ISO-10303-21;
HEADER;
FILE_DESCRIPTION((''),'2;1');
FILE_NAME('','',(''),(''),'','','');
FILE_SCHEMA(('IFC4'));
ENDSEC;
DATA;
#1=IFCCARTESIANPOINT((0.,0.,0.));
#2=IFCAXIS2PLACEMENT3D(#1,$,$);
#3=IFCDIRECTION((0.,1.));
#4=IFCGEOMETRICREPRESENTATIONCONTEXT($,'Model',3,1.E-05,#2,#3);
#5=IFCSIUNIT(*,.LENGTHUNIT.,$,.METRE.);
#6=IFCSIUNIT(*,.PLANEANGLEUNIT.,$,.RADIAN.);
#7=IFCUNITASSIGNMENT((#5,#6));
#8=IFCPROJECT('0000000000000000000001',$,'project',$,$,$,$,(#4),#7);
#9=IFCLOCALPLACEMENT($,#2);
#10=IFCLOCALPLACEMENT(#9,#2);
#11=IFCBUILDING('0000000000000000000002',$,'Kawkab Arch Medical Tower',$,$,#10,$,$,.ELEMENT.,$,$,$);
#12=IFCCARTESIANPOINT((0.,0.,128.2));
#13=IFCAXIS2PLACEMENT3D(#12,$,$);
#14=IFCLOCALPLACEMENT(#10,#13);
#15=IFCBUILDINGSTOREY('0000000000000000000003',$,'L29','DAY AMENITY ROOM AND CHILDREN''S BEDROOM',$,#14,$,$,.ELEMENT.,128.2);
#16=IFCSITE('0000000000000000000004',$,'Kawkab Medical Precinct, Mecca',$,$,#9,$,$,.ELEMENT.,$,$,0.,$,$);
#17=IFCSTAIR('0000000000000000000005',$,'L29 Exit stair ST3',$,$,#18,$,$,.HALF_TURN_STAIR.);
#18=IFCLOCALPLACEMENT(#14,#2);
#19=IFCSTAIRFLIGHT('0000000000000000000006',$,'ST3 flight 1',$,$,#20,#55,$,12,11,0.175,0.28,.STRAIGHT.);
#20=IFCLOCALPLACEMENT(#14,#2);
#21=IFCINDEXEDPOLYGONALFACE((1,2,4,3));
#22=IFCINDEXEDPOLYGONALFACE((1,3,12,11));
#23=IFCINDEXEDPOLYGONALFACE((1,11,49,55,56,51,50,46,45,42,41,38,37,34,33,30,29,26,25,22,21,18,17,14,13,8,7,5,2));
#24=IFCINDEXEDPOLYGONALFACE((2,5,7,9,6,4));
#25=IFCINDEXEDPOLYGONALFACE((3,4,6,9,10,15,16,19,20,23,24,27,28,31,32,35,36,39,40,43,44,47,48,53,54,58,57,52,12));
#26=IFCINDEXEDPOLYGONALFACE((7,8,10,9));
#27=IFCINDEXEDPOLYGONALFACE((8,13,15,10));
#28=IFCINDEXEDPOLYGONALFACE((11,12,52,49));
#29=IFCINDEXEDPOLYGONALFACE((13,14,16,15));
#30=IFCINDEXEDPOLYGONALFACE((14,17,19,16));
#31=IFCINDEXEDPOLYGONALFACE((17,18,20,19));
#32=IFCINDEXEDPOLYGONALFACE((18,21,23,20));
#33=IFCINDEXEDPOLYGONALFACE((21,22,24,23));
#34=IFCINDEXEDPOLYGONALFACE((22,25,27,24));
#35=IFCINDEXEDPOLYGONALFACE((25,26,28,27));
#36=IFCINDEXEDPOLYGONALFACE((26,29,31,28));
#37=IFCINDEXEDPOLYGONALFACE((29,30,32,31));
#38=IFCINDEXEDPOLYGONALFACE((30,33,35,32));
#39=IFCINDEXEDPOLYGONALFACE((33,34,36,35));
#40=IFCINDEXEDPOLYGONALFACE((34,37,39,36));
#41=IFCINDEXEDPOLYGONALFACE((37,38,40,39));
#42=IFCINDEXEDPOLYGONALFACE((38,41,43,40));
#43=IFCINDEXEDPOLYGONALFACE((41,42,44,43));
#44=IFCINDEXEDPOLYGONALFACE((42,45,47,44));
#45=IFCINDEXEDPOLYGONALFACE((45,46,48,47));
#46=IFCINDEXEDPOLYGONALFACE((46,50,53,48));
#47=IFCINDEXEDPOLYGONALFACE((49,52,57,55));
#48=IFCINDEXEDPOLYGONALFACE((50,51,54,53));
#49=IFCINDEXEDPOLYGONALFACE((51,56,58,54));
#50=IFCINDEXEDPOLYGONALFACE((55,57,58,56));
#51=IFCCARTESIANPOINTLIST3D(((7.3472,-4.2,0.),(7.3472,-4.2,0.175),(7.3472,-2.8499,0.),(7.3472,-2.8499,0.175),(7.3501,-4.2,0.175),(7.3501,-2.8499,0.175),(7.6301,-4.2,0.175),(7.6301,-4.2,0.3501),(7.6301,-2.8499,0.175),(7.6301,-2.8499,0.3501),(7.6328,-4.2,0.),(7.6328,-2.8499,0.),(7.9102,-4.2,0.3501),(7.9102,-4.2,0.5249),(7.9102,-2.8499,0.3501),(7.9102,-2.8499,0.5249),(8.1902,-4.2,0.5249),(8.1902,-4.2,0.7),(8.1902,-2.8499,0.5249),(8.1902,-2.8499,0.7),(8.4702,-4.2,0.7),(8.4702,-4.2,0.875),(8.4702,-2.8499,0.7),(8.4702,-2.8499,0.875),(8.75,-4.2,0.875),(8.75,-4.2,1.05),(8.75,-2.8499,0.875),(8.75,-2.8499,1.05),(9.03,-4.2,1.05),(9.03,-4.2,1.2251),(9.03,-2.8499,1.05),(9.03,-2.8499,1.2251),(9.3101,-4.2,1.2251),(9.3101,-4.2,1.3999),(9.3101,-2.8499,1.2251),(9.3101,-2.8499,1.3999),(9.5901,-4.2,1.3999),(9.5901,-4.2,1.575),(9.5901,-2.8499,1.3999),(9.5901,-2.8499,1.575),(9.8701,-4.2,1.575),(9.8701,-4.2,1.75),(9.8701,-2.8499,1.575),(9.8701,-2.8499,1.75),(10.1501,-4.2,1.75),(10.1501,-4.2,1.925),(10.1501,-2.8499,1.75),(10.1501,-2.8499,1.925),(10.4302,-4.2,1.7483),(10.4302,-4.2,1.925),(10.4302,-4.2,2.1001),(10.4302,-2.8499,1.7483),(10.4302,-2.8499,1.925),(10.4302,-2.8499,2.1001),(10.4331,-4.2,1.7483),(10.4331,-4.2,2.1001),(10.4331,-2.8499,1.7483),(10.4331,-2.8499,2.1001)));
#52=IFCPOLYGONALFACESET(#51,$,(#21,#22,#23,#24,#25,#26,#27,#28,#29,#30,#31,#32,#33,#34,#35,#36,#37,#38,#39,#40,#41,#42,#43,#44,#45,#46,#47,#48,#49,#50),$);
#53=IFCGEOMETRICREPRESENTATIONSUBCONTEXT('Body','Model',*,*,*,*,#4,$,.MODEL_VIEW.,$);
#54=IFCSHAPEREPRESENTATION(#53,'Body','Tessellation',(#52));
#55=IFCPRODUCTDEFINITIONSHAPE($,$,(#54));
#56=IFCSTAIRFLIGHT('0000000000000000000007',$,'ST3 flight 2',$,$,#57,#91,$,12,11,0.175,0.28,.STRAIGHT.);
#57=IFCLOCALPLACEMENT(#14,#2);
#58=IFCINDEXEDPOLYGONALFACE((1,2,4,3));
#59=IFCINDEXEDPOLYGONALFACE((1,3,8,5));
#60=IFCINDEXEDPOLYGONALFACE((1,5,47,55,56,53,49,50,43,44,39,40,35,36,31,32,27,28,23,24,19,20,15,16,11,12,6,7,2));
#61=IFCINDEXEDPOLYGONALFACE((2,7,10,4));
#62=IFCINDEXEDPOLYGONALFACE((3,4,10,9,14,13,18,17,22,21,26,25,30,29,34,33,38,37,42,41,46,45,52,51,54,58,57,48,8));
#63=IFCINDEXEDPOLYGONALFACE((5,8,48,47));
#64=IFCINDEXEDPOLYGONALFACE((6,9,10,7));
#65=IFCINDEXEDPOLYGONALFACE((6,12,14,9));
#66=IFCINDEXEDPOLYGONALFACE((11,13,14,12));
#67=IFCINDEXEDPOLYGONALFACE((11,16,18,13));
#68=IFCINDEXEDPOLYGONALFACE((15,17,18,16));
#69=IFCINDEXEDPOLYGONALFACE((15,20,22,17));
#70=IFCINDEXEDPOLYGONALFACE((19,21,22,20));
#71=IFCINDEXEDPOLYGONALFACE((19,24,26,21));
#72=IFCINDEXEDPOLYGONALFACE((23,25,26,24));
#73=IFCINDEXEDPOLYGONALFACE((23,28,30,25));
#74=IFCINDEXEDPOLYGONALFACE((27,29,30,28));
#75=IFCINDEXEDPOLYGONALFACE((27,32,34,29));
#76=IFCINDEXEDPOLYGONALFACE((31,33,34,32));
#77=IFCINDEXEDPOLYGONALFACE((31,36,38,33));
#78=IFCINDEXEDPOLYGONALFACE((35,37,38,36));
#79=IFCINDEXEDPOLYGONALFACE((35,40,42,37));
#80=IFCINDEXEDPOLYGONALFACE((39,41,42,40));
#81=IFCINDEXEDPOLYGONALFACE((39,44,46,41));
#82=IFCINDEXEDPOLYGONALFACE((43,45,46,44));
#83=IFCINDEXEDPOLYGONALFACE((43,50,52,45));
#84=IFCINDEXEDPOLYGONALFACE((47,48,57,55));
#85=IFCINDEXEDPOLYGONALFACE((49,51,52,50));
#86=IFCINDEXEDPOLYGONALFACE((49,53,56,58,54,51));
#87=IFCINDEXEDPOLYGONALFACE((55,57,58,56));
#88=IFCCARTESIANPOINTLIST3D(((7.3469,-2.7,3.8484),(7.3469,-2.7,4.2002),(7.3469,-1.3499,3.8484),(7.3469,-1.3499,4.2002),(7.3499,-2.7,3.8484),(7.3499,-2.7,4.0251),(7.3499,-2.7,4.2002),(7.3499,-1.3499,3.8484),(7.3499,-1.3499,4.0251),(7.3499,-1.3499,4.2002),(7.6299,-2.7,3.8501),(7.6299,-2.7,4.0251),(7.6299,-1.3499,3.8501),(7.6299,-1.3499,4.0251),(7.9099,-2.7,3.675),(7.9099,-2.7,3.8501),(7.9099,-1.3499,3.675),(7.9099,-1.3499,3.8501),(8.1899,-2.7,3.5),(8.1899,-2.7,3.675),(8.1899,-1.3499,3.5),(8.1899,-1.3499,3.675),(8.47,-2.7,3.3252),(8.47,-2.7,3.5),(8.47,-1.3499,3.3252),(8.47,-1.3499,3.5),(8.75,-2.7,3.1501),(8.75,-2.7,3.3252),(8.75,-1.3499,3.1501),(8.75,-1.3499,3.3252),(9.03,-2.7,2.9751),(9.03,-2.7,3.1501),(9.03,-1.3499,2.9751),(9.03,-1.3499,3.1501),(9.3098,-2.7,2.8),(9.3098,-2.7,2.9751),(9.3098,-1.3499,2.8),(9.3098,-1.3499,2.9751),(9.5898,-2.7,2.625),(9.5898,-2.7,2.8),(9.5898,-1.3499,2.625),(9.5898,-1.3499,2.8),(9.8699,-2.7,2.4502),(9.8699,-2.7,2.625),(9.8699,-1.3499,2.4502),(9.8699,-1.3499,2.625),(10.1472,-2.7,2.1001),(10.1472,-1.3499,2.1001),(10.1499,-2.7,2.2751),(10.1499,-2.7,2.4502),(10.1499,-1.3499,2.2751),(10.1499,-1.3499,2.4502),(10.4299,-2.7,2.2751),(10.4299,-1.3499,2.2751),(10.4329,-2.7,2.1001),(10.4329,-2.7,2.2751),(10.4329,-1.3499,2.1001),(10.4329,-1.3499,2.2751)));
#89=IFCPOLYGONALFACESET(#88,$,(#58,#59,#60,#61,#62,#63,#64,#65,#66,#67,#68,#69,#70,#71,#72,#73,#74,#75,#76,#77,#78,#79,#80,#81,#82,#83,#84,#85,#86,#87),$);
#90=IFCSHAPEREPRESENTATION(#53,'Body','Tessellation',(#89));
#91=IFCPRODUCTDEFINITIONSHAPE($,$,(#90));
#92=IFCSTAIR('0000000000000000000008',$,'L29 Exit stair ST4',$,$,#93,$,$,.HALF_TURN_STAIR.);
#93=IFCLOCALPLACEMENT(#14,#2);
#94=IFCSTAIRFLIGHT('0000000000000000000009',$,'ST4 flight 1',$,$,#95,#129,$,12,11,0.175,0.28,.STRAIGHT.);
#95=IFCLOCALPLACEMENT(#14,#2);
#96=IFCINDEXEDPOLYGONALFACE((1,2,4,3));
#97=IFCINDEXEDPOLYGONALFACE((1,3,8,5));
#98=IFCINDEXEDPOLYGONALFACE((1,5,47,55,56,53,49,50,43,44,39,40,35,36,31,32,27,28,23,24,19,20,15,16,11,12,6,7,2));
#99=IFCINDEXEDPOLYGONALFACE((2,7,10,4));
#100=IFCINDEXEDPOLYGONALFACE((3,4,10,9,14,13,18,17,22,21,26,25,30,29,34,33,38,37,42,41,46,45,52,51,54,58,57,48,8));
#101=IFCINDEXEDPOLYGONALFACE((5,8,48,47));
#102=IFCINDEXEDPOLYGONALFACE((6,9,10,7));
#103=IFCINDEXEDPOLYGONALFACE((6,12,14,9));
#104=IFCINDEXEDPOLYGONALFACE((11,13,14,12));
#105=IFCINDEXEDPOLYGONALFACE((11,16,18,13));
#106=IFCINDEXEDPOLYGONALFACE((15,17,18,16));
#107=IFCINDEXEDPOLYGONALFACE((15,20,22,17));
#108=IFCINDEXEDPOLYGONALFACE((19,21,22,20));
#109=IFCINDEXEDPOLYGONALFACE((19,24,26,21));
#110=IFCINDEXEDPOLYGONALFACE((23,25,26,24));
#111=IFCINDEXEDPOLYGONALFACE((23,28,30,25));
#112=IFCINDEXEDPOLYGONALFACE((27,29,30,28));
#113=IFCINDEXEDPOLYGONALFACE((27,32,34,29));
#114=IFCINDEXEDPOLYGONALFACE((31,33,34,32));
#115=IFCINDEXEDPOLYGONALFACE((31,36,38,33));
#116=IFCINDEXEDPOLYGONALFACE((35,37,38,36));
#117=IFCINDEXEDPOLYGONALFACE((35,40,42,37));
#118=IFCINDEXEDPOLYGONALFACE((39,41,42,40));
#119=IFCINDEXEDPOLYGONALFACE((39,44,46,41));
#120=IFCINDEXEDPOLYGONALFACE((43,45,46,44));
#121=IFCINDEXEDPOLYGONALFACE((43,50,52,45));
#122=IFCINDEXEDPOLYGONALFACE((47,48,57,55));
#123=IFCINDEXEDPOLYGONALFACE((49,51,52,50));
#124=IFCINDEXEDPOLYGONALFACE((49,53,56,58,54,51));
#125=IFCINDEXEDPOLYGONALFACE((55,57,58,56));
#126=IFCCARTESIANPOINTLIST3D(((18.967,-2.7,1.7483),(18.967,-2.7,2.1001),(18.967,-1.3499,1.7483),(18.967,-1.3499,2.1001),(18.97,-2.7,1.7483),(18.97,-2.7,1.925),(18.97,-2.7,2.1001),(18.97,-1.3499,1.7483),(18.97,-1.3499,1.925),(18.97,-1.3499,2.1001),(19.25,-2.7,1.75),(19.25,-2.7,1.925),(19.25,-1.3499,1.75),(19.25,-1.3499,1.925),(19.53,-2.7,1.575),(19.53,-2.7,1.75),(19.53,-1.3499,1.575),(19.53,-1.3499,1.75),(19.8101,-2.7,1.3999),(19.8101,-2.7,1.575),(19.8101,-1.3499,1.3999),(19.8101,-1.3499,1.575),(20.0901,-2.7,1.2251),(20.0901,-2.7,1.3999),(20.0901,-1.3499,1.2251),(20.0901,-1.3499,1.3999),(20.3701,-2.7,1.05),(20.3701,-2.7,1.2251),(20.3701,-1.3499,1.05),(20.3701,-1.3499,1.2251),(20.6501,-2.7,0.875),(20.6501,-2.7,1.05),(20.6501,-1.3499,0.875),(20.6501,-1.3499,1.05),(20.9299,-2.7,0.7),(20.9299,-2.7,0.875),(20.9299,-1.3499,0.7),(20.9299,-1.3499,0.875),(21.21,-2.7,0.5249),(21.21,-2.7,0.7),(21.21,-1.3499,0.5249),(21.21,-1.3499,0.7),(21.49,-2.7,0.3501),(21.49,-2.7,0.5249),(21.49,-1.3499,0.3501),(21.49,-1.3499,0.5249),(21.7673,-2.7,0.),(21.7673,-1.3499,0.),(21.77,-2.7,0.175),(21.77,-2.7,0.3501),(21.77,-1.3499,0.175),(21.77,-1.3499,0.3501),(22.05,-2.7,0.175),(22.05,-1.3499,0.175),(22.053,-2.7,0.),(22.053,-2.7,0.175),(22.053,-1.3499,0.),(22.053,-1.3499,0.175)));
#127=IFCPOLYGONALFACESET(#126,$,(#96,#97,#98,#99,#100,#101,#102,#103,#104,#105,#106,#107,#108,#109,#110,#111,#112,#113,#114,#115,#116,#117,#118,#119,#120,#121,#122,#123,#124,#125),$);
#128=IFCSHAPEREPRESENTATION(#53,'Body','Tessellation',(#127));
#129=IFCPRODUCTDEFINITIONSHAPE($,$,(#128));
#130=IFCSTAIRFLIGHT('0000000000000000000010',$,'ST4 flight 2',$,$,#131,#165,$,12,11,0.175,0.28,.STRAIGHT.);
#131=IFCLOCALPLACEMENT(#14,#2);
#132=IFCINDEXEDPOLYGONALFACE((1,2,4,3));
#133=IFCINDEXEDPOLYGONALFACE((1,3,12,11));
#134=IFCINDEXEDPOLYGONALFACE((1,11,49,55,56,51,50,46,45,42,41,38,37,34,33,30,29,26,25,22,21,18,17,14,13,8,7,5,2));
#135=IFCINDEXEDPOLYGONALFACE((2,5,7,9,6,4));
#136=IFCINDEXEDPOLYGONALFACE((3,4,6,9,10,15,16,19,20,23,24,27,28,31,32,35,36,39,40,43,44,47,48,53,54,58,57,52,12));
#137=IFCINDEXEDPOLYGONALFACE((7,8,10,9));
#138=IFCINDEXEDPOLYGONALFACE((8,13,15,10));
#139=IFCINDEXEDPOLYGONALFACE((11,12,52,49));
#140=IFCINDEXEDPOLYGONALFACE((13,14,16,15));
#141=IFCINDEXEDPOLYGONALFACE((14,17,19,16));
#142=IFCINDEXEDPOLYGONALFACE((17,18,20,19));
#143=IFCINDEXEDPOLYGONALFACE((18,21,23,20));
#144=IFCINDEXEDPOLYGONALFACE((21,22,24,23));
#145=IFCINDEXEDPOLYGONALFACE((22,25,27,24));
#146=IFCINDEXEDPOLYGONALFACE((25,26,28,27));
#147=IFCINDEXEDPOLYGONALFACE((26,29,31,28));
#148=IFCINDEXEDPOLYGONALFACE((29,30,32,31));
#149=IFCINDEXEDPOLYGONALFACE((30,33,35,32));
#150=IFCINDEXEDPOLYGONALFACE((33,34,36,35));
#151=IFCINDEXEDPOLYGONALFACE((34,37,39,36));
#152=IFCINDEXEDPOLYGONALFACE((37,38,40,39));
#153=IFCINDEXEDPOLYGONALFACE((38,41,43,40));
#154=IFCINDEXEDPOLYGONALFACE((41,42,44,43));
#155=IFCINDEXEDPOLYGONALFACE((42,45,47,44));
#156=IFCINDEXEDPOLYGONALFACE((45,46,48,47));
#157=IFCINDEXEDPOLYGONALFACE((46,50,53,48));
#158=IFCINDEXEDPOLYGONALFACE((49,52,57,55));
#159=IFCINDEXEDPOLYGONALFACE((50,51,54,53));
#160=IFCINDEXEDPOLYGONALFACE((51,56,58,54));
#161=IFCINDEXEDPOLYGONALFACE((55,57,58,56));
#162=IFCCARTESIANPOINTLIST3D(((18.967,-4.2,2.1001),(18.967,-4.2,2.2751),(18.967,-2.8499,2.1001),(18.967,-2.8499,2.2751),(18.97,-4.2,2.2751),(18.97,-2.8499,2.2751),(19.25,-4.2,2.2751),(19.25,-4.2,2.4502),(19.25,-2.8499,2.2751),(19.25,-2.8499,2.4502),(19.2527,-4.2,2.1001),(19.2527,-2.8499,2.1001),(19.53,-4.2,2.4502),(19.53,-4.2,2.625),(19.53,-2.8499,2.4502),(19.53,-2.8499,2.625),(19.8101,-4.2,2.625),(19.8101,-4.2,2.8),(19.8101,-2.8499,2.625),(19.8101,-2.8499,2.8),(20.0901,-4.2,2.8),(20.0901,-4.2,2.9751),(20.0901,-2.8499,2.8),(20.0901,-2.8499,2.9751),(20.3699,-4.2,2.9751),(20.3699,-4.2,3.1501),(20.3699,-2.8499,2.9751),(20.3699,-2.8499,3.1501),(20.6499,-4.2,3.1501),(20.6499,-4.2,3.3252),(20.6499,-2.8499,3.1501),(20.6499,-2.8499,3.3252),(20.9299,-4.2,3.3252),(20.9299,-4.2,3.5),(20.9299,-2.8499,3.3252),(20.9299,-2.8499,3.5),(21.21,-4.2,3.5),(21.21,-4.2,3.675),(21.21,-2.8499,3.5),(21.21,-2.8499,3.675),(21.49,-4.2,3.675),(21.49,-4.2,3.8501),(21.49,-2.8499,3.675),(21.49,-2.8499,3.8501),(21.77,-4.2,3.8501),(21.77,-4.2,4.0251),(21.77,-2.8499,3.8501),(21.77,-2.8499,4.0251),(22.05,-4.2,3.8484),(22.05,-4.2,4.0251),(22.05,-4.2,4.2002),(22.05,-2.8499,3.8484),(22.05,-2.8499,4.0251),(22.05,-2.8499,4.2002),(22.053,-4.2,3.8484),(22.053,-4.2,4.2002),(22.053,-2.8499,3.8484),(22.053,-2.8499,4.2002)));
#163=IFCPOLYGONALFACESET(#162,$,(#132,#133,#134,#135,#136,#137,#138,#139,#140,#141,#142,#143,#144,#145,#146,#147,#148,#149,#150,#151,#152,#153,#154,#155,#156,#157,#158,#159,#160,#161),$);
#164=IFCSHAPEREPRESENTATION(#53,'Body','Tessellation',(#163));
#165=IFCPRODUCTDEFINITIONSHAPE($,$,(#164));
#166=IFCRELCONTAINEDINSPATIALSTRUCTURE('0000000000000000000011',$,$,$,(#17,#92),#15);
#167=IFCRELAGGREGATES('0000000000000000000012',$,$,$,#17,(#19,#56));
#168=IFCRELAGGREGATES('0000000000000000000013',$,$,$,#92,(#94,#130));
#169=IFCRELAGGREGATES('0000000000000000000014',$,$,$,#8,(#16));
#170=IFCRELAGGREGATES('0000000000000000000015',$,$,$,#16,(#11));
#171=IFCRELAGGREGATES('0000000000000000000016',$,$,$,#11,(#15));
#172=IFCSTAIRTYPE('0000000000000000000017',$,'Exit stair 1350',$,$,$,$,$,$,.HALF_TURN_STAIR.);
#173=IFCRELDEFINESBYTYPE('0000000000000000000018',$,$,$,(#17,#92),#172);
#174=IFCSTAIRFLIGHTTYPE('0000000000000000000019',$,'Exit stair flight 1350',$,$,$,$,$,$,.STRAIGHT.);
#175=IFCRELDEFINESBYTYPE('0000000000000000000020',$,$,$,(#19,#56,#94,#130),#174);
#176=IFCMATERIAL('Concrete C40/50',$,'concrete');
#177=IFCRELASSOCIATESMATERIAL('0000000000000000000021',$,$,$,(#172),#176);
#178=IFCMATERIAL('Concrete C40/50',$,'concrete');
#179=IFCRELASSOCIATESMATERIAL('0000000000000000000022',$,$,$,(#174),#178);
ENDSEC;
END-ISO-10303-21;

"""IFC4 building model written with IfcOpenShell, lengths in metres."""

from ifc_helpers import new_model, si_unit, direction, frame, origin, place, context, subcontext, project, spatial, polyline, outline, extrude, material, type_object, element, aggregate, save


model = new_model("IFC4")

# Units and contexts
model_context = context("Model", 3, precision=1e-05, world=origin(), true_north=direction((0.0, 1.0)))
body_context = subcontext(model_context, "Body", "Model", "MODEL_VIEW")
ifc_project = project(units=[si_unit("LENGTHUNIT", "METRE"), si_unit("PLANEANGLEUNIT", "RADIAN")], contexts=[model_context])

# Site, building, storey
site_placement = place(None, origin())
site = spatial("IfcSite", under=ifc_project, at=site_placement, Name="Kawkab Medical Precinct, Mecca", CompositionType="ELEMENT", RefElevation=0.0)
building_placement = place(site_placement, origin())
building = spatial("IfcBuilding", under=site, at=building_placement, Name="Kawkab Arch Medical Tower", CompositionType="ELEMENT")
storey_placement = place(building_placement, frame((0.0, 0.0, 128.2)))
storey = spatial("IfcBuildingStorey", under=building, at=storey_placement, Name="L29", Description="DAY AMENITY ROOM AND CHILDREN'S BEDROOM", CompositionType="ELEMENT", Elevation=128.2)

# Shared definitions
placement = place(storey_placement, origin())

# Stairs, stair flights
ifc_material_1 = material(Name="Concrete C40/50", Category="concrete")
stair_type = type_object("IfcStairType", Name="Exit stair 1350", PredefinedType="HALF_TURN_STAIR", material=ifc_material_1)
stair_1 = element("IfcStair", 1, at=placement, inside=storey, type_object=stair_type, Name="L29 Exit stair ST3", PredefinedType="HALF_TURN_STAIR")
ifc_material_2 = material(Name="Concrete C40/50", Category="concrete")
stair_flight_type = type_object("IfcStairFlightType", Name="Exit stair flight 1350", PredefinedType="STRAIGHT", material=ifc_material_2)
stair_flight_1_placement = place(storey_placement, frame((7.3501, -3.5249, 0.0), z_axis=(0.0, 0.0, 1.0), x_axis=(1.0, 0.0, 0.0)))
stair_flight_1 = element("IfcStairFlight", 2, at=stair_flight_1_placement, type_object=stair_flight_type, Name="ST3 flight 1", NumberOfRisers=12, NumberOfTreads=11, PredefinedType="STRAIGHT", RiserHeight=0.175, TreadLength=0.28, context=body_context, shape_type="SweptSolid", body=[
    extrude(outline(polyline([(-0.0029, 0.0), (-0.0029, 0.175), (0.0, 0.175), (0.28, 0.175), (0.28, 0.3501), (0.5601, 0.3501), (0.5601, 0.5249), (0.8401, 0.5249), (0.8401, 0.7), (1.1201, 0.7), (1.1201, 0.875), (1.3999, 0.875), (1.3999, 1.05), (1.6799, 1.05), (1.6799, 1.2251), (1.96, 1.2251), (1.96, 1.3999), (2.24, 1.3999), (2.24, 1.575), (2.52, 1.575), (2.52, 1.75), (2.8, 1.75), (2.8, 1.925), (3.0801, 1.925), (3.0801, 2.1001), (3.083, 2.1001), (3.083, 1.7483), (3.0801, 1.7483), (0.2827, 0.0), (-0.0029, 0.0)])), frame((0.0, 0.675, 0.0), z_axis=(0.0, -1.0, 0.0), x_axis=(1.0, 0.0, 0.0)), (0.0, 0.0, 1.0), 1.3501),
])
stair_flight_2_placement = place(storey_placement, frame((10.4299, -2.0249, 2.1001), z_axis=(0.0, 0.0, 1.0), x_axis=(-1.0, 0.0, 0.0)))
stair_flight_2 = element("IfcStairFlight", 3, at=stair_flight_2_placement, type_object=stair_flight_type, Name="ST3 flight 2", NumberOfRisers=12, NumberOfTreads=11, PredefinedType="STRAIGHT", RiserHeight=0.175, TreadLength=0.28, context=body_context, shape_type="SweptSolid", body=[
    extrude(outline(polyline([(-0.0029, 0.0), (-0.0029, 0.175), (0.0, 0.175), (0.28, 0.175), (0.28, 0.3501), (0.5601, 0.3501), (0.5601, 0.5249), (0.8401, 0.5249), (0.8401, 0.7), (1.1201, 0.7), (1.1201, 0.875), (1.3999, 0.875), (1.3999, 1.05), (1.6799, 1.05), (1.6799, 1.2251), (1.96, 1.2251), (1.96, 1.3999), (2.24, 1.3999), (2.24, 1.575), (2.52, 1.575), (2.52, 1.75), (2.8, 1.75), (2.8, 1.925), (3.0801, 1.925), (3.0801, 2.1001), (3.083, 2.1001), (3.083, 1.7483), (3.0801, 1.7483), (0.2827, 0.0), (-0.0029, 0.0)])), frame((0.0, 0.675, 0.0), z_axis=(0.0, -1.0, 0.0), x_axis=(1.0, 0.0, 0.0)), (0.0, 0.0, 1.0), 1.3501),
])
aggregate(stair_1, [stair_flight_1, stair_flight_2])
stair_2 = element("IfcStair", 4, at=placement, inside=storey, type_object=stair_type, Name="L29 Exit stair ST4", PredefinedType="HALF_TURN_STAIR")
stair_flight_3_placement = place(storey_placement, frame((22.05, -2.0249, 0.0), z_axis=(0.0, 0.0, 1.0), x_axis=(-1.0, 0.0, 0.0)))
stair_flight_3 = element("IfcStairFlight", 5, at=stair_flight_3_placement, type_object=stair_flight_type, Name="ST4 flight 1", NumberOfRisers=12, NumberOfTreads=11, PredefinedType="STRAIGHT", RiserHeight=0.175, TreadLength=0.28, context=body_context, shape_type="SweptSolid", body=[
    extrude(outline(polyline([(-0.0029, 0.0), (-0.0029, 0.175), (0.0, 0.175), (0.28, 0.175), (0.28, 0.3501), (0.5601, 0.3501), (0.5601, 0.5249), (0.8401, 0.5249), (0.8401, 0.7), (1.1201, 0.7), (1.1201, 0.875), (1.3999, 0.875), (1.3999, 1.05), (1.6799, 1.05), (1.6799, 1.2251), (1.96, 1.2251), (1.96, 1.3999), (2.24, 1.3999), (2.24, 1.575), (2.52, 1.575), (2.52, 1.75), (2.8, 1.75), (2.8, 1.925), (3.0801, 1.925), (3.0801, 2.1001), (3.083, 2.1001), (3.083, 1.7483), (3.0801, 1.7483), (0.2827, 0.0), (-0.0029, 0.0)])), frame((0.0, 0.675, 0.0), z_axis=(0.0, -1.0, 0.0), x_axis=(1.0, 0.0, 0.0)), (0.0, 0.0, 1.0), 1.3501),
])
stair_flight_4_placement = place(storey_placement, frame((18.97, -3.5249, 2.1001), z_axis=(0.0, 0.0, 1.0), x_axis=(1.0, 0.0, 0.0)))
stair_flight_4 = element("IfcStairFlight", 6, at=stair_flight_4_placement, type_object=stair_flight_type, Name="ST4 flight 2", NumberOfRisers=12, NumberOfTreads=11, PredefinedType="STRAIGHT", RiserHeight=0.175, TreadLength=0.28, context=body_context, shape_type="SweptSolid", body=[
    extrude(outline(polyline([(-0.0029, 0.0), (-0.0029, 0.175), (0.0, 0.175), (0.28, 0.175), (0.28, 0.3501), (0.5601, 0.3501), (0.5601, 0.5249), (0.8401, 0.5249), (0.8401, 0.7), (1.1201, 0.7), (1.1201, 0.875), (1.3999, 0.875), (1.3999, 1.05), (1.6799, 1.05), (1.6799, 1.2251), (1.96, 1.2251), (1.96, 1.3999), (2.24, 1.3999), (2.24, 1.575), (2.52, 1.575), (2.52, 1.75), (2.8, 1.75), (2.8, 1.925), (3.0801, 1.925), (3.0801, 2.1001), (3.083, 2.1001), (3.083, 1.7483), (3.0801, 1.7483), (0.2827, 0.0), (-0.0029, 0.0)])), frame((0.0, 0.675, 0.0), z_axis=(0.0, -1.0, 0.0), x_axis=(1.0, 0.0, 0.0)), (0.0, 0.0, 1.0), 1.3501),
])
aggregate(stair_2, [stair_flight_3, stair_flight_4])

save(model, "model.ifc")
